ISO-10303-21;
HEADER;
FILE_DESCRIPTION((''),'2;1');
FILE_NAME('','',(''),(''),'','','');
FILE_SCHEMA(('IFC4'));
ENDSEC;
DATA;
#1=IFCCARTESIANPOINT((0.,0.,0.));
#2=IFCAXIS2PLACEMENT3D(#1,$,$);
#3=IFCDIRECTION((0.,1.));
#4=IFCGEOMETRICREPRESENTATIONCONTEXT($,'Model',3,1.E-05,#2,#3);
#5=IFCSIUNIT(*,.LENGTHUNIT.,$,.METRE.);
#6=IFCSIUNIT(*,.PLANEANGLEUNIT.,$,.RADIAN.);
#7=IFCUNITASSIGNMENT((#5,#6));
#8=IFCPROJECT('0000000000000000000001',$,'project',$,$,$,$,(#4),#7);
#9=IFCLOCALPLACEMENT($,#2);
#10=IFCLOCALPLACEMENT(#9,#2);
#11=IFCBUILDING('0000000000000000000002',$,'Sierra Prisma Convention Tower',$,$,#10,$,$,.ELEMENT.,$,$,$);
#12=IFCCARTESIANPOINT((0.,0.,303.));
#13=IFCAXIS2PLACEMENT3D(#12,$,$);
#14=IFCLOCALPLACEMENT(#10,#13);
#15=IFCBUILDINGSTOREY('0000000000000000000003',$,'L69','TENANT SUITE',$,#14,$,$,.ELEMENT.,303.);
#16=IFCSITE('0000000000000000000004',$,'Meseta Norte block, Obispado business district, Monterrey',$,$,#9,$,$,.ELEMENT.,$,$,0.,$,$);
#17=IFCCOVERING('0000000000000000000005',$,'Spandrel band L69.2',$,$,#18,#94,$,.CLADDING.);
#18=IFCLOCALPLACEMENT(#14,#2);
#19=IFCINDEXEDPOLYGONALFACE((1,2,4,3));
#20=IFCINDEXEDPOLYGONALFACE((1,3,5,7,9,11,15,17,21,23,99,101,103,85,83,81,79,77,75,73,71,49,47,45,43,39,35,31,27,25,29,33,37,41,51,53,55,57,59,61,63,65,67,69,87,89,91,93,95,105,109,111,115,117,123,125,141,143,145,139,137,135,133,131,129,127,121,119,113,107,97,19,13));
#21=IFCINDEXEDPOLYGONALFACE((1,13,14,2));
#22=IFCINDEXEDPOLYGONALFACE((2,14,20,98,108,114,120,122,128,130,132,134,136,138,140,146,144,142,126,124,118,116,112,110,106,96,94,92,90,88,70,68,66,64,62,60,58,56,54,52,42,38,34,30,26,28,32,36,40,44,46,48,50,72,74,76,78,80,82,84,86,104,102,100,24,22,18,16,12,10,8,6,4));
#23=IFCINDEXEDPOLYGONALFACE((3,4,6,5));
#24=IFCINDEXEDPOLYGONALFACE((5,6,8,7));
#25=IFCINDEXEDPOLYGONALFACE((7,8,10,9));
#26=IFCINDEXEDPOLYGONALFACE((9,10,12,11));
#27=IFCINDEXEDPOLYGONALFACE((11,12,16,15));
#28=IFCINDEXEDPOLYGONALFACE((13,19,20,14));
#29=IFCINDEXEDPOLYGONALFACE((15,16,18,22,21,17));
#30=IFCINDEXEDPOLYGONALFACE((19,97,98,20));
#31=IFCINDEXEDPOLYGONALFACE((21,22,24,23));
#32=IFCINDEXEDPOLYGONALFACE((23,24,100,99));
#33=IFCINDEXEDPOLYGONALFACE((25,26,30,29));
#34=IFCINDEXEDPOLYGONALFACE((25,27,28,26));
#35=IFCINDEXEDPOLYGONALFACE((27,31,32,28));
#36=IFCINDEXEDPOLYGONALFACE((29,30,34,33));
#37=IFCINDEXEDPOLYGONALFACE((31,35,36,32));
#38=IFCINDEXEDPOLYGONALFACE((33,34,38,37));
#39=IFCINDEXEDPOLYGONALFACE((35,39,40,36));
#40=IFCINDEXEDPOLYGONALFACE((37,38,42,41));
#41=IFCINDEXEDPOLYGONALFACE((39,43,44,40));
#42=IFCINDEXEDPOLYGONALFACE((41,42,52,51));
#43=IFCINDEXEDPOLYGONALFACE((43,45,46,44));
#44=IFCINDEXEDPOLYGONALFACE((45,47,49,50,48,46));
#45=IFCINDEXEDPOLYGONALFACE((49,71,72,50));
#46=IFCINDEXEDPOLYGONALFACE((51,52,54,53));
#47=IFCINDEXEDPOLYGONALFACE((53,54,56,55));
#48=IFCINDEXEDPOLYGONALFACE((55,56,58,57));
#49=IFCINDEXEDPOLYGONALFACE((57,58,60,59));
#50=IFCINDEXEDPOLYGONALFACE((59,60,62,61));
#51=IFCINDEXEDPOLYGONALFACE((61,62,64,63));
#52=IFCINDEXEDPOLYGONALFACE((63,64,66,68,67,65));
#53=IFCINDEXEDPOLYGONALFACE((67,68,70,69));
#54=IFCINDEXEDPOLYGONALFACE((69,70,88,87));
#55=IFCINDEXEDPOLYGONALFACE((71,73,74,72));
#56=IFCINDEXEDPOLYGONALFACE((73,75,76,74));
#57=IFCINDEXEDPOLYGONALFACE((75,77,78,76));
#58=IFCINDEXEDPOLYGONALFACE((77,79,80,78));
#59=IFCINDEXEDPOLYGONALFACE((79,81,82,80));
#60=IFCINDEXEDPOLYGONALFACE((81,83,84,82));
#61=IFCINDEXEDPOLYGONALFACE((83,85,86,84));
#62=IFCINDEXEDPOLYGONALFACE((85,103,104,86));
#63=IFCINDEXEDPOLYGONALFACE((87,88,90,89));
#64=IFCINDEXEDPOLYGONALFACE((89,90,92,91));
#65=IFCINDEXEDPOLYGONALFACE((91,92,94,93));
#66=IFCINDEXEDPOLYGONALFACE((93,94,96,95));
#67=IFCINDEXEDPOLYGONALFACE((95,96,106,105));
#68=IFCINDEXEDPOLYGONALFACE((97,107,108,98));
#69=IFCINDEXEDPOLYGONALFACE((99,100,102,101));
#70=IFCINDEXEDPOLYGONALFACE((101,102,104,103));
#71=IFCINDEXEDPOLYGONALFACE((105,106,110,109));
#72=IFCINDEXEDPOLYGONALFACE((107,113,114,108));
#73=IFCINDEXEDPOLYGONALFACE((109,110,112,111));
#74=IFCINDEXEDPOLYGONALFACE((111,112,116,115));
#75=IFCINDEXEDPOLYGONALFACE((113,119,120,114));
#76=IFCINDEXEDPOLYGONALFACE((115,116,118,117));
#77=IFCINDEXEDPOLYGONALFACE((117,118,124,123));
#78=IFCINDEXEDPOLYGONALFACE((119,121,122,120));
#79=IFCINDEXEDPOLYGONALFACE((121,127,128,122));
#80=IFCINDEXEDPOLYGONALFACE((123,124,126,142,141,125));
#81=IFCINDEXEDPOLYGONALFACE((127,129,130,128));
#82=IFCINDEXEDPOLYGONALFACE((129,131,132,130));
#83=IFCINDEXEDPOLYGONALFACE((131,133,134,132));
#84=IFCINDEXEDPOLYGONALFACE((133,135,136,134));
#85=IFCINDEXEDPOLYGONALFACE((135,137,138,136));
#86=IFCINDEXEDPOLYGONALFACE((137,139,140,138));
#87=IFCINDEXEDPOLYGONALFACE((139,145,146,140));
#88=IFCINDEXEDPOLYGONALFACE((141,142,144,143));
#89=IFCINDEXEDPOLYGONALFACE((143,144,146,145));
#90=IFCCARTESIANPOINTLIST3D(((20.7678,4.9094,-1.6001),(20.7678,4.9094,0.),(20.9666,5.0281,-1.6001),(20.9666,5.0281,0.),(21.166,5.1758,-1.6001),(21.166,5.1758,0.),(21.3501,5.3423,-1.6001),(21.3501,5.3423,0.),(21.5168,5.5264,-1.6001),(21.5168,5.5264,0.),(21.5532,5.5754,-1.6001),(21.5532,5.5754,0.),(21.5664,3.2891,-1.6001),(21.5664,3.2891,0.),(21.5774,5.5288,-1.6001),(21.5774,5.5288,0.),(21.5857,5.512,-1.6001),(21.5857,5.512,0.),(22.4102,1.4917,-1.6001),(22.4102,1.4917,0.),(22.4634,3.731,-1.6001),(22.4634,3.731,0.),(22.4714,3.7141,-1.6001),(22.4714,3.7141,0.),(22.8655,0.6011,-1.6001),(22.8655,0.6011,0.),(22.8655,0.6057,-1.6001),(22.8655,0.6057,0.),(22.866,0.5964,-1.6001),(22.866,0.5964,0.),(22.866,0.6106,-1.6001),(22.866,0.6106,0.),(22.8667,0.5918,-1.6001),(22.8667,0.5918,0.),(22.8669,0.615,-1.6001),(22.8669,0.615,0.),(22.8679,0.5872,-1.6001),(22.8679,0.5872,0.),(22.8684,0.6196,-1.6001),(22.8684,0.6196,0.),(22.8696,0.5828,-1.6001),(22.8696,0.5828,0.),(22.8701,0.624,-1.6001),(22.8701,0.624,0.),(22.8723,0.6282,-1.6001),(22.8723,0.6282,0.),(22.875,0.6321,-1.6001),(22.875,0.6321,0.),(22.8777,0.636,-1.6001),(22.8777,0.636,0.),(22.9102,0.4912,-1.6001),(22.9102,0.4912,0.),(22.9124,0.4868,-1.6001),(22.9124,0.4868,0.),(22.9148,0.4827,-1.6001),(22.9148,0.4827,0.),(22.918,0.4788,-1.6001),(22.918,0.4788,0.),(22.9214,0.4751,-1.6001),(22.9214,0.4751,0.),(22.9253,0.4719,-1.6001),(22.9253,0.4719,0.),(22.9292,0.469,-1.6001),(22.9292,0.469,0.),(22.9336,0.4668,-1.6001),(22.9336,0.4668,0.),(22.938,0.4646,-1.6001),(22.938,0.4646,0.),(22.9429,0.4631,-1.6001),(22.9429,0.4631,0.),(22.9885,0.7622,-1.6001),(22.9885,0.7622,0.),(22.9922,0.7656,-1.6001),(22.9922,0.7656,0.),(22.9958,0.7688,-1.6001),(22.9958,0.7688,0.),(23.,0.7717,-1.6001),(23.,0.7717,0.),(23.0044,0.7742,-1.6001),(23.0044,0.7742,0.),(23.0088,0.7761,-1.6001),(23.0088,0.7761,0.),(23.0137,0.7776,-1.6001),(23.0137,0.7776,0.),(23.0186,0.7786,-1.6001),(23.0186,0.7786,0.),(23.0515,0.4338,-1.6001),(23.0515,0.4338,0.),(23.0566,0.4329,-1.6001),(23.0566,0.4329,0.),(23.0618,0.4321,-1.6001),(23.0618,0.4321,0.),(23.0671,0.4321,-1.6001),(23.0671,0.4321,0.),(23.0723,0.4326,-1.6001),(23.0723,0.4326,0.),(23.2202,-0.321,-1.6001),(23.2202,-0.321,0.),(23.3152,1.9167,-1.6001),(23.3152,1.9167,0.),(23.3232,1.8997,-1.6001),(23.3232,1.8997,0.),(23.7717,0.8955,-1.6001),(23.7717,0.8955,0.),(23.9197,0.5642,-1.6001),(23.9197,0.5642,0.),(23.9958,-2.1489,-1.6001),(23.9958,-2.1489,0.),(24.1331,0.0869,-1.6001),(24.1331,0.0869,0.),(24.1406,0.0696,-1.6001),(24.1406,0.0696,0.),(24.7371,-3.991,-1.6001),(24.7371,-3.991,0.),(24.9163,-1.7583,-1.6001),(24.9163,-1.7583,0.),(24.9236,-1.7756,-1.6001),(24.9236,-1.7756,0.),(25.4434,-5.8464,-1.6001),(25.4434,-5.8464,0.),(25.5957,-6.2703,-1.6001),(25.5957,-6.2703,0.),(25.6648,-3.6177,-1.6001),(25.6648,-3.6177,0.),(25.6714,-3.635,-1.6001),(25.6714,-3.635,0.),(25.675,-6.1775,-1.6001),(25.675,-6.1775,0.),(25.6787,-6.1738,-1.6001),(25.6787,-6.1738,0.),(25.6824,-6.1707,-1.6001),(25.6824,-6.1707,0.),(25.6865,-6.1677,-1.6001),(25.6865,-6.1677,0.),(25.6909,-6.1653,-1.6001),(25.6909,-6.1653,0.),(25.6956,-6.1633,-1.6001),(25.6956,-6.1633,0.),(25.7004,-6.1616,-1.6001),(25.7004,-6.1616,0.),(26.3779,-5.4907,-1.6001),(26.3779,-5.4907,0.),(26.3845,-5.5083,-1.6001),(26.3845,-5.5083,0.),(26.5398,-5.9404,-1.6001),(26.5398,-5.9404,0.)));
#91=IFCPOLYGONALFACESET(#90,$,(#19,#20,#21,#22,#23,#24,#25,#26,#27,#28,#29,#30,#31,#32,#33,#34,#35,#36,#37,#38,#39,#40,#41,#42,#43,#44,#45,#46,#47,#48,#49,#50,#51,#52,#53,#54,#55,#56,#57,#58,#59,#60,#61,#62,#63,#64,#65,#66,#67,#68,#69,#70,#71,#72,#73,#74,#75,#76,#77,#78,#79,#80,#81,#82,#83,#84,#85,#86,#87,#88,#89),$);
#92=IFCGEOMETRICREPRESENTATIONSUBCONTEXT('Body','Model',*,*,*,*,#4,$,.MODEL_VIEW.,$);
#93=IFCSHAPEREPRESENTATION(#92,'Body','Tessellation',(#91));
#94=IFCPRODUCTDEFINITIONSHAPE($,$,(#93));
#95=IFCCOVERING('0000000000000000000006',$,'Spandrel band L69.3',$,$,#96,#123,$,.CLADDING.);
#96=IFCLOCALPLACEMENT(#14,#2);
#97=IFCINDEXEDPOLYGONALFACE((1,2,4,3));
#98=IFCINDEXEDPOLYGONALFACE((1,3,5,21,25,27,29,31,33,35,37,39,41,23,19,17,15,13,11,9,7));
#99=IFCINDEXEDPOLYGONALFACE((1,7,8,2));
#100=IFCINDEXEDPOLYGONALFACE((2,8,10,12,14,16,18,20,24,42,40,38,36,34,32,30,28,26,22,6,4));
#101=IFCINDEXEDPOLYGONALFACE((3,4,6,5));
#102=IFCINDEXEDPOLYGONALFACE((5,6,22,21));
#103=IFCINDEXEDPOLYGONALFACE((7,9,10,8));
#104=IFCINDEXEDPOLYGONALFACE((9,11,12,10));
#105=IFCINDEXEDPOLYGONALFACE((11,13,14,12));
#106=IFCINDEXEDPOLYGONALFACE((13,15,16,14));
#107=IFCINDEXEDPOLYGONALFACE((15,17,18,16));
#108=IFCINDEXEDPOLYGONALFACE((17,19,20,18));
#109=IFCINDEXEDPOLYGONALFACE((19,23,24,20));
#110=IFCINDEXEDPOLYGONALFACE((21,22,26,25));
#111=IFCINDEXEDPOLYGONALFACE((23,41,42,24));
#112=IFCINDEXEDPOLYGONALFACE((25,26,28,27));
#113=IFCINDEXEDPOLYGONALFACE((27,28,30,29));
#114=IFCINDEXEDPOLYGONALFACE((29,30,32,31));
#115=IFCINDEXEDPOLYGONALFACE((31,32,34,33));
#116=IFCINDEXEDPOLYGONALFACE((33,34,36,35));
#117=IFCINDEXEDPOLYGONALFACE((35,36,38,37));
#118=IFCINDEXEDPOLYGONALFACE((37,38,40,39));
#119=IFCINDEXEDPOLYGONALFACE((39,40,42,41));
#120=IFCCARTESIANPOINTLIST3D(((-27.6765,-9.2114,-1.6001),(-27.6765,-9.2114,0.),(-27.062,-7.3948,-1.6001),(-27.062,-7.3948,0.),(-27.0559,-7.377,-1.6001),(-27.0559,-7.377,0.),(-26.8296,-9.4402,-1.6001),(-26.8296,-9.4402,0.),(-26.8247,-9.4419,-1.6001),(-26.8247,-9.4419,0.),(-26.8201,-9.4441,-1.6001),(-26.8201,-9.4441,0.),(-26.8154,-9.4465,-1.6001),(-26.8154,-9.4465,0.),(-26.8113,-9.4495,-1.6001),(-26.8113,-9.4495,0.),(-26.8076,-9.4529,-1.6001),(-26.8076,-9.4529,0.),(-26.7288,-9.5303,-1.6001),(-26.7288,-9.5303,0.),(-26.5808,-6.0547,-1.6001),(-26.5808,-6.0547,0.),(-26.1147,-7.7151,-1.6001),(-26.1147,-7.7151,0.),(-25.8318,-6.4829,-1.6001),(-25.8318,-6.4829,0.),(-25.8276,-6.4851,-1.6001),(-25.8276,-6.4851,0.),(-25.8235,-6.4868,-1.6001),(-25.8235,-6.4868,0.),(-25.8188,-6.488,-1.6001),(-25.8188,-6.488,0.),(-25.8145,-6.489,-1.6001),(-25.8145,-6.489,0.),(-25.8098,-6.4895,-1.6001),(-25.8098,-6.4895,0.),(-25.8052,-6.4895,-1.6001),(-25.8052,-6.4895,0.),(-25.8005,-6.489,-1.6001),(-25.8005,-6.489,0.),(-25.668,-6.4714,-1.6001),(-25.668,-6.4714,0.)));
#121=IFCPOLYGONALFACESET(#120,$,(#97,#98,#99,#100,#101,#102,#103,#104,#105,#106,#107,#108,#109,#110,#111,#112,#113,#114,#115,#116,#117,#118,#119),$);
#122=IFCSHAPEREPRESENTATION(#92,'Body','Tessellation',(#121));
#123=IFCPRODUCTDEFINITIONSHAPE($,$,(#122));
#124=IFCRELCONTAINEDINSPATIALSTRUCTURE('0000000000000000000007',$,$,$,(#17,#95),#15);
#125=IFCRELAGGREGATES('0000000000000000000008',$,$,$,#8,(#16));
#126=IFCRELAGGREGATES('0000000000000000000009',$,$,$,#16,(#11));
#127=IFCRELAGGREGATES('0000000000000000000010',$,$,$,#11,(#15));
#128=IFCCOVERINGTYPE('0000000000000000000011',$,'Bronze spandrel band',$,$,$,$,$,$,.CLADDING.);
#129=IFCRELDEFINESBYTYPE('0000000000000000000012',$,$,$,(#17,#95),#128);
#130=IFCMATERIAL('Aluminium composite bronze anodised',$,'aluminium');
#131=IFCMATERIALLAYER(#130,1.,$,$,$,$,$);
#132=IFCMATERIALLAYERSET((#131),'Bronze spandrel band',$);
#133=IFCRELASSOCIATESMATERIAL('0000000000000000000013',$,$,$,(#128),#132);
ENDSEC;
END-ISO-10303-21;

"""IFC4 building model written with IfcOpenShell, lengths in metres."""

from ifc_helpers import new_model, si_unit, direction, frame, origin, place, context, subcontext, project, spatial, polyline, outline, extrude, material, layer, layer_set, type_object, element, save


model = new_model("IFC4")

# Units and contexts
model_context = context("Model", 3, precision=1e-05, world=origin(), true_north=direction((0.0, 1.0)))
body_context = subcontext(model_context, "Body", "Model", "MODEL_VIEW")
ifc_project = project(units=[si_unit("LENGTHUNIT", "METRE"), si_unit("PLANEANGLEUNIT", "RADIAN")], contexts=[model_context])

# Site, building, storey
site_placement = place(None, origin())
site = spatial("IfcSite", under=ifc_project, at=site_placement, Name="Meseta Norte block, Obispado business district, Monterrey", CompositionType="ELEMENT", RefElevation=0.0)
building_placement = place(site_placement, origin())
building = spatial("IfcBuilding", under=site, at=building_placement, Name="Sierra Prisma Convention Tower", CompositionType="ELEMENT")
storey_placement = place(building_placement, frame((0.0, 0.0, 303.0)))
storey = spatial("IfcBuildingStorey", under=building, at=storey_placement, Name="L69", Description="TENANT SUITE", CompositionType="ELEMENT", Elevation=303.0)

# Coverings
ifc_material_1 = material(Name="Aluminium composite bronze anodised", Category="aluminium")
ifc_layer_1 = layer(ifc_material_1, 1.0)
ifc_layer_set_1 = layer_set([ifc_layer_1], Name="Bronze spandrel band")
covering_type = type_object("IfcCoveringType", Name="Bronze spandrel band", PredefinedType="CLADDING", material=ifc_layer_set_1)
covering_1_placement = place(storey_placement, frame((0.0, 0.0, -1.6001)))
element("IfcCovering", 1, at=covering_1_placement, inside=storey, type_object=covering_type, Name="Spandrel band L69.2", PredefinedType="CLADDING", context=body_context, shape_type="SweptSolid", body=[
    extrude(outline(polyline([(21.5774, 5.5288), (21.5857, 5.512), (22.4634, 3.731), (22.4714, 3.7141), (23.3152, 1.9167), (23.3232, 1.8997), (23.7717, 0.8955), (23.0186, 0.7786), (23.0137, 0.7776), (23.0088, 0.7761), (23.0044, 0.7742), (23.0, 0.7717), (22.9958, 0.7688), (22.9922, 0.7656), (22.9885, 0.7622), (22.8777, 0.636), (22.875, 0.6321), (22.8723, 0.6282), (22.8701, 0.624), (22.8684, 0.6196), (22.8669, 0.615), (22.866, 0.6106), (22.8655, 0.6057), (22.8655, 0.6011), (22.866, 0.5964), (22.8667, 0.5918), (22.8679, 0.5872), (22.8696, 0.5828), (22.9102, 0.4912), (22.9124, 0.4868), (22.9148, 0.4827), (22.918, 0.4788), (22.9214, 0.4751), (22.9253, 0.4719), (22.9292, 0.469), (22.9336, 0.4668), (22.938, 0.4646), (22.9429, 0.4631), (23.0515, 0.4338), (23.0566, 0.4329), (23.0618, 0.4321), (23.0671, 0.4321), (23.0723, 0.4326), (23.9197, 0.5642), (24.1331, 0.0869), (24.1406, 0.0696), (24.9163, -1.7583), (24.9236, -1.7756), (25.6648, -3.6177), (25.6714, -3.635), (26.3779, -5.4907), (26.3845, -5.5083), (26.5398, -5.9404), (25.7004, -6.1616), (25.6956, -6.1633), (25.6909, -6.1653), (25.6865, -6.1677), (25.6824, -6.1707), (25.6787, -6.1738), (25.675, -6.1775), (25.5957, -6.2703), (25.4434, -5.8464), (24.7371, -3.991), (23.9958, -2.1489), (23.2202, -0.321), (22.4102, 1.4917), (21.5664, 3.2891), (20.7678, 4.9094), (20.9666, 5.0281), (21.166, 5.1758), (21.3501, 5.3423), (21.5168, 5.5264), (21.5532, 5.5754), (21.5774, 5.5288)])), origin(), (0.0, 0.0, 1.0), 1.6001),
])
covering_2_placement = place(storey_placement, frame((0.0, 0.0, -1.6001)))
element("IfcCovering", 2, at=covering_2_placement, inside=storey, type_object=covering_type, Name="Spandrel band L69.3", PredefinedType="CLADDING", context=body_context, shape_type="SweptSolid", body=[
    extrude(outline(polyline([(-26.8201, -9.4441), (-26.8247, -9.4419), (-26.8296, -9.4402), (-27.6765, -9.2114), (-27.062, -7.3948), (-27.0559, -7.377), (-26.5808, -6.0547), (-25.8318, -6.4829), (-25.8276, -6.4851), (-25.8235, -6.4868), (-25.8188, -6.488), (-25.8145, -6.489), (-25.8098, -6.4895), (-25.8052, -6.4895), (-25.8005, -6.489), (-25.668, -6.4714), (-26.1147, -7.7151), (-26.7288, -9.5303), (-26.8076, -9.4529), (-26.8113, -9.4495), (-26.8154, -9.4465), (-26.8201, -9.4441)])), origin(), (0.0, 0.0, 1.0), 1.6001),
])

save(model, "model.ifc")
